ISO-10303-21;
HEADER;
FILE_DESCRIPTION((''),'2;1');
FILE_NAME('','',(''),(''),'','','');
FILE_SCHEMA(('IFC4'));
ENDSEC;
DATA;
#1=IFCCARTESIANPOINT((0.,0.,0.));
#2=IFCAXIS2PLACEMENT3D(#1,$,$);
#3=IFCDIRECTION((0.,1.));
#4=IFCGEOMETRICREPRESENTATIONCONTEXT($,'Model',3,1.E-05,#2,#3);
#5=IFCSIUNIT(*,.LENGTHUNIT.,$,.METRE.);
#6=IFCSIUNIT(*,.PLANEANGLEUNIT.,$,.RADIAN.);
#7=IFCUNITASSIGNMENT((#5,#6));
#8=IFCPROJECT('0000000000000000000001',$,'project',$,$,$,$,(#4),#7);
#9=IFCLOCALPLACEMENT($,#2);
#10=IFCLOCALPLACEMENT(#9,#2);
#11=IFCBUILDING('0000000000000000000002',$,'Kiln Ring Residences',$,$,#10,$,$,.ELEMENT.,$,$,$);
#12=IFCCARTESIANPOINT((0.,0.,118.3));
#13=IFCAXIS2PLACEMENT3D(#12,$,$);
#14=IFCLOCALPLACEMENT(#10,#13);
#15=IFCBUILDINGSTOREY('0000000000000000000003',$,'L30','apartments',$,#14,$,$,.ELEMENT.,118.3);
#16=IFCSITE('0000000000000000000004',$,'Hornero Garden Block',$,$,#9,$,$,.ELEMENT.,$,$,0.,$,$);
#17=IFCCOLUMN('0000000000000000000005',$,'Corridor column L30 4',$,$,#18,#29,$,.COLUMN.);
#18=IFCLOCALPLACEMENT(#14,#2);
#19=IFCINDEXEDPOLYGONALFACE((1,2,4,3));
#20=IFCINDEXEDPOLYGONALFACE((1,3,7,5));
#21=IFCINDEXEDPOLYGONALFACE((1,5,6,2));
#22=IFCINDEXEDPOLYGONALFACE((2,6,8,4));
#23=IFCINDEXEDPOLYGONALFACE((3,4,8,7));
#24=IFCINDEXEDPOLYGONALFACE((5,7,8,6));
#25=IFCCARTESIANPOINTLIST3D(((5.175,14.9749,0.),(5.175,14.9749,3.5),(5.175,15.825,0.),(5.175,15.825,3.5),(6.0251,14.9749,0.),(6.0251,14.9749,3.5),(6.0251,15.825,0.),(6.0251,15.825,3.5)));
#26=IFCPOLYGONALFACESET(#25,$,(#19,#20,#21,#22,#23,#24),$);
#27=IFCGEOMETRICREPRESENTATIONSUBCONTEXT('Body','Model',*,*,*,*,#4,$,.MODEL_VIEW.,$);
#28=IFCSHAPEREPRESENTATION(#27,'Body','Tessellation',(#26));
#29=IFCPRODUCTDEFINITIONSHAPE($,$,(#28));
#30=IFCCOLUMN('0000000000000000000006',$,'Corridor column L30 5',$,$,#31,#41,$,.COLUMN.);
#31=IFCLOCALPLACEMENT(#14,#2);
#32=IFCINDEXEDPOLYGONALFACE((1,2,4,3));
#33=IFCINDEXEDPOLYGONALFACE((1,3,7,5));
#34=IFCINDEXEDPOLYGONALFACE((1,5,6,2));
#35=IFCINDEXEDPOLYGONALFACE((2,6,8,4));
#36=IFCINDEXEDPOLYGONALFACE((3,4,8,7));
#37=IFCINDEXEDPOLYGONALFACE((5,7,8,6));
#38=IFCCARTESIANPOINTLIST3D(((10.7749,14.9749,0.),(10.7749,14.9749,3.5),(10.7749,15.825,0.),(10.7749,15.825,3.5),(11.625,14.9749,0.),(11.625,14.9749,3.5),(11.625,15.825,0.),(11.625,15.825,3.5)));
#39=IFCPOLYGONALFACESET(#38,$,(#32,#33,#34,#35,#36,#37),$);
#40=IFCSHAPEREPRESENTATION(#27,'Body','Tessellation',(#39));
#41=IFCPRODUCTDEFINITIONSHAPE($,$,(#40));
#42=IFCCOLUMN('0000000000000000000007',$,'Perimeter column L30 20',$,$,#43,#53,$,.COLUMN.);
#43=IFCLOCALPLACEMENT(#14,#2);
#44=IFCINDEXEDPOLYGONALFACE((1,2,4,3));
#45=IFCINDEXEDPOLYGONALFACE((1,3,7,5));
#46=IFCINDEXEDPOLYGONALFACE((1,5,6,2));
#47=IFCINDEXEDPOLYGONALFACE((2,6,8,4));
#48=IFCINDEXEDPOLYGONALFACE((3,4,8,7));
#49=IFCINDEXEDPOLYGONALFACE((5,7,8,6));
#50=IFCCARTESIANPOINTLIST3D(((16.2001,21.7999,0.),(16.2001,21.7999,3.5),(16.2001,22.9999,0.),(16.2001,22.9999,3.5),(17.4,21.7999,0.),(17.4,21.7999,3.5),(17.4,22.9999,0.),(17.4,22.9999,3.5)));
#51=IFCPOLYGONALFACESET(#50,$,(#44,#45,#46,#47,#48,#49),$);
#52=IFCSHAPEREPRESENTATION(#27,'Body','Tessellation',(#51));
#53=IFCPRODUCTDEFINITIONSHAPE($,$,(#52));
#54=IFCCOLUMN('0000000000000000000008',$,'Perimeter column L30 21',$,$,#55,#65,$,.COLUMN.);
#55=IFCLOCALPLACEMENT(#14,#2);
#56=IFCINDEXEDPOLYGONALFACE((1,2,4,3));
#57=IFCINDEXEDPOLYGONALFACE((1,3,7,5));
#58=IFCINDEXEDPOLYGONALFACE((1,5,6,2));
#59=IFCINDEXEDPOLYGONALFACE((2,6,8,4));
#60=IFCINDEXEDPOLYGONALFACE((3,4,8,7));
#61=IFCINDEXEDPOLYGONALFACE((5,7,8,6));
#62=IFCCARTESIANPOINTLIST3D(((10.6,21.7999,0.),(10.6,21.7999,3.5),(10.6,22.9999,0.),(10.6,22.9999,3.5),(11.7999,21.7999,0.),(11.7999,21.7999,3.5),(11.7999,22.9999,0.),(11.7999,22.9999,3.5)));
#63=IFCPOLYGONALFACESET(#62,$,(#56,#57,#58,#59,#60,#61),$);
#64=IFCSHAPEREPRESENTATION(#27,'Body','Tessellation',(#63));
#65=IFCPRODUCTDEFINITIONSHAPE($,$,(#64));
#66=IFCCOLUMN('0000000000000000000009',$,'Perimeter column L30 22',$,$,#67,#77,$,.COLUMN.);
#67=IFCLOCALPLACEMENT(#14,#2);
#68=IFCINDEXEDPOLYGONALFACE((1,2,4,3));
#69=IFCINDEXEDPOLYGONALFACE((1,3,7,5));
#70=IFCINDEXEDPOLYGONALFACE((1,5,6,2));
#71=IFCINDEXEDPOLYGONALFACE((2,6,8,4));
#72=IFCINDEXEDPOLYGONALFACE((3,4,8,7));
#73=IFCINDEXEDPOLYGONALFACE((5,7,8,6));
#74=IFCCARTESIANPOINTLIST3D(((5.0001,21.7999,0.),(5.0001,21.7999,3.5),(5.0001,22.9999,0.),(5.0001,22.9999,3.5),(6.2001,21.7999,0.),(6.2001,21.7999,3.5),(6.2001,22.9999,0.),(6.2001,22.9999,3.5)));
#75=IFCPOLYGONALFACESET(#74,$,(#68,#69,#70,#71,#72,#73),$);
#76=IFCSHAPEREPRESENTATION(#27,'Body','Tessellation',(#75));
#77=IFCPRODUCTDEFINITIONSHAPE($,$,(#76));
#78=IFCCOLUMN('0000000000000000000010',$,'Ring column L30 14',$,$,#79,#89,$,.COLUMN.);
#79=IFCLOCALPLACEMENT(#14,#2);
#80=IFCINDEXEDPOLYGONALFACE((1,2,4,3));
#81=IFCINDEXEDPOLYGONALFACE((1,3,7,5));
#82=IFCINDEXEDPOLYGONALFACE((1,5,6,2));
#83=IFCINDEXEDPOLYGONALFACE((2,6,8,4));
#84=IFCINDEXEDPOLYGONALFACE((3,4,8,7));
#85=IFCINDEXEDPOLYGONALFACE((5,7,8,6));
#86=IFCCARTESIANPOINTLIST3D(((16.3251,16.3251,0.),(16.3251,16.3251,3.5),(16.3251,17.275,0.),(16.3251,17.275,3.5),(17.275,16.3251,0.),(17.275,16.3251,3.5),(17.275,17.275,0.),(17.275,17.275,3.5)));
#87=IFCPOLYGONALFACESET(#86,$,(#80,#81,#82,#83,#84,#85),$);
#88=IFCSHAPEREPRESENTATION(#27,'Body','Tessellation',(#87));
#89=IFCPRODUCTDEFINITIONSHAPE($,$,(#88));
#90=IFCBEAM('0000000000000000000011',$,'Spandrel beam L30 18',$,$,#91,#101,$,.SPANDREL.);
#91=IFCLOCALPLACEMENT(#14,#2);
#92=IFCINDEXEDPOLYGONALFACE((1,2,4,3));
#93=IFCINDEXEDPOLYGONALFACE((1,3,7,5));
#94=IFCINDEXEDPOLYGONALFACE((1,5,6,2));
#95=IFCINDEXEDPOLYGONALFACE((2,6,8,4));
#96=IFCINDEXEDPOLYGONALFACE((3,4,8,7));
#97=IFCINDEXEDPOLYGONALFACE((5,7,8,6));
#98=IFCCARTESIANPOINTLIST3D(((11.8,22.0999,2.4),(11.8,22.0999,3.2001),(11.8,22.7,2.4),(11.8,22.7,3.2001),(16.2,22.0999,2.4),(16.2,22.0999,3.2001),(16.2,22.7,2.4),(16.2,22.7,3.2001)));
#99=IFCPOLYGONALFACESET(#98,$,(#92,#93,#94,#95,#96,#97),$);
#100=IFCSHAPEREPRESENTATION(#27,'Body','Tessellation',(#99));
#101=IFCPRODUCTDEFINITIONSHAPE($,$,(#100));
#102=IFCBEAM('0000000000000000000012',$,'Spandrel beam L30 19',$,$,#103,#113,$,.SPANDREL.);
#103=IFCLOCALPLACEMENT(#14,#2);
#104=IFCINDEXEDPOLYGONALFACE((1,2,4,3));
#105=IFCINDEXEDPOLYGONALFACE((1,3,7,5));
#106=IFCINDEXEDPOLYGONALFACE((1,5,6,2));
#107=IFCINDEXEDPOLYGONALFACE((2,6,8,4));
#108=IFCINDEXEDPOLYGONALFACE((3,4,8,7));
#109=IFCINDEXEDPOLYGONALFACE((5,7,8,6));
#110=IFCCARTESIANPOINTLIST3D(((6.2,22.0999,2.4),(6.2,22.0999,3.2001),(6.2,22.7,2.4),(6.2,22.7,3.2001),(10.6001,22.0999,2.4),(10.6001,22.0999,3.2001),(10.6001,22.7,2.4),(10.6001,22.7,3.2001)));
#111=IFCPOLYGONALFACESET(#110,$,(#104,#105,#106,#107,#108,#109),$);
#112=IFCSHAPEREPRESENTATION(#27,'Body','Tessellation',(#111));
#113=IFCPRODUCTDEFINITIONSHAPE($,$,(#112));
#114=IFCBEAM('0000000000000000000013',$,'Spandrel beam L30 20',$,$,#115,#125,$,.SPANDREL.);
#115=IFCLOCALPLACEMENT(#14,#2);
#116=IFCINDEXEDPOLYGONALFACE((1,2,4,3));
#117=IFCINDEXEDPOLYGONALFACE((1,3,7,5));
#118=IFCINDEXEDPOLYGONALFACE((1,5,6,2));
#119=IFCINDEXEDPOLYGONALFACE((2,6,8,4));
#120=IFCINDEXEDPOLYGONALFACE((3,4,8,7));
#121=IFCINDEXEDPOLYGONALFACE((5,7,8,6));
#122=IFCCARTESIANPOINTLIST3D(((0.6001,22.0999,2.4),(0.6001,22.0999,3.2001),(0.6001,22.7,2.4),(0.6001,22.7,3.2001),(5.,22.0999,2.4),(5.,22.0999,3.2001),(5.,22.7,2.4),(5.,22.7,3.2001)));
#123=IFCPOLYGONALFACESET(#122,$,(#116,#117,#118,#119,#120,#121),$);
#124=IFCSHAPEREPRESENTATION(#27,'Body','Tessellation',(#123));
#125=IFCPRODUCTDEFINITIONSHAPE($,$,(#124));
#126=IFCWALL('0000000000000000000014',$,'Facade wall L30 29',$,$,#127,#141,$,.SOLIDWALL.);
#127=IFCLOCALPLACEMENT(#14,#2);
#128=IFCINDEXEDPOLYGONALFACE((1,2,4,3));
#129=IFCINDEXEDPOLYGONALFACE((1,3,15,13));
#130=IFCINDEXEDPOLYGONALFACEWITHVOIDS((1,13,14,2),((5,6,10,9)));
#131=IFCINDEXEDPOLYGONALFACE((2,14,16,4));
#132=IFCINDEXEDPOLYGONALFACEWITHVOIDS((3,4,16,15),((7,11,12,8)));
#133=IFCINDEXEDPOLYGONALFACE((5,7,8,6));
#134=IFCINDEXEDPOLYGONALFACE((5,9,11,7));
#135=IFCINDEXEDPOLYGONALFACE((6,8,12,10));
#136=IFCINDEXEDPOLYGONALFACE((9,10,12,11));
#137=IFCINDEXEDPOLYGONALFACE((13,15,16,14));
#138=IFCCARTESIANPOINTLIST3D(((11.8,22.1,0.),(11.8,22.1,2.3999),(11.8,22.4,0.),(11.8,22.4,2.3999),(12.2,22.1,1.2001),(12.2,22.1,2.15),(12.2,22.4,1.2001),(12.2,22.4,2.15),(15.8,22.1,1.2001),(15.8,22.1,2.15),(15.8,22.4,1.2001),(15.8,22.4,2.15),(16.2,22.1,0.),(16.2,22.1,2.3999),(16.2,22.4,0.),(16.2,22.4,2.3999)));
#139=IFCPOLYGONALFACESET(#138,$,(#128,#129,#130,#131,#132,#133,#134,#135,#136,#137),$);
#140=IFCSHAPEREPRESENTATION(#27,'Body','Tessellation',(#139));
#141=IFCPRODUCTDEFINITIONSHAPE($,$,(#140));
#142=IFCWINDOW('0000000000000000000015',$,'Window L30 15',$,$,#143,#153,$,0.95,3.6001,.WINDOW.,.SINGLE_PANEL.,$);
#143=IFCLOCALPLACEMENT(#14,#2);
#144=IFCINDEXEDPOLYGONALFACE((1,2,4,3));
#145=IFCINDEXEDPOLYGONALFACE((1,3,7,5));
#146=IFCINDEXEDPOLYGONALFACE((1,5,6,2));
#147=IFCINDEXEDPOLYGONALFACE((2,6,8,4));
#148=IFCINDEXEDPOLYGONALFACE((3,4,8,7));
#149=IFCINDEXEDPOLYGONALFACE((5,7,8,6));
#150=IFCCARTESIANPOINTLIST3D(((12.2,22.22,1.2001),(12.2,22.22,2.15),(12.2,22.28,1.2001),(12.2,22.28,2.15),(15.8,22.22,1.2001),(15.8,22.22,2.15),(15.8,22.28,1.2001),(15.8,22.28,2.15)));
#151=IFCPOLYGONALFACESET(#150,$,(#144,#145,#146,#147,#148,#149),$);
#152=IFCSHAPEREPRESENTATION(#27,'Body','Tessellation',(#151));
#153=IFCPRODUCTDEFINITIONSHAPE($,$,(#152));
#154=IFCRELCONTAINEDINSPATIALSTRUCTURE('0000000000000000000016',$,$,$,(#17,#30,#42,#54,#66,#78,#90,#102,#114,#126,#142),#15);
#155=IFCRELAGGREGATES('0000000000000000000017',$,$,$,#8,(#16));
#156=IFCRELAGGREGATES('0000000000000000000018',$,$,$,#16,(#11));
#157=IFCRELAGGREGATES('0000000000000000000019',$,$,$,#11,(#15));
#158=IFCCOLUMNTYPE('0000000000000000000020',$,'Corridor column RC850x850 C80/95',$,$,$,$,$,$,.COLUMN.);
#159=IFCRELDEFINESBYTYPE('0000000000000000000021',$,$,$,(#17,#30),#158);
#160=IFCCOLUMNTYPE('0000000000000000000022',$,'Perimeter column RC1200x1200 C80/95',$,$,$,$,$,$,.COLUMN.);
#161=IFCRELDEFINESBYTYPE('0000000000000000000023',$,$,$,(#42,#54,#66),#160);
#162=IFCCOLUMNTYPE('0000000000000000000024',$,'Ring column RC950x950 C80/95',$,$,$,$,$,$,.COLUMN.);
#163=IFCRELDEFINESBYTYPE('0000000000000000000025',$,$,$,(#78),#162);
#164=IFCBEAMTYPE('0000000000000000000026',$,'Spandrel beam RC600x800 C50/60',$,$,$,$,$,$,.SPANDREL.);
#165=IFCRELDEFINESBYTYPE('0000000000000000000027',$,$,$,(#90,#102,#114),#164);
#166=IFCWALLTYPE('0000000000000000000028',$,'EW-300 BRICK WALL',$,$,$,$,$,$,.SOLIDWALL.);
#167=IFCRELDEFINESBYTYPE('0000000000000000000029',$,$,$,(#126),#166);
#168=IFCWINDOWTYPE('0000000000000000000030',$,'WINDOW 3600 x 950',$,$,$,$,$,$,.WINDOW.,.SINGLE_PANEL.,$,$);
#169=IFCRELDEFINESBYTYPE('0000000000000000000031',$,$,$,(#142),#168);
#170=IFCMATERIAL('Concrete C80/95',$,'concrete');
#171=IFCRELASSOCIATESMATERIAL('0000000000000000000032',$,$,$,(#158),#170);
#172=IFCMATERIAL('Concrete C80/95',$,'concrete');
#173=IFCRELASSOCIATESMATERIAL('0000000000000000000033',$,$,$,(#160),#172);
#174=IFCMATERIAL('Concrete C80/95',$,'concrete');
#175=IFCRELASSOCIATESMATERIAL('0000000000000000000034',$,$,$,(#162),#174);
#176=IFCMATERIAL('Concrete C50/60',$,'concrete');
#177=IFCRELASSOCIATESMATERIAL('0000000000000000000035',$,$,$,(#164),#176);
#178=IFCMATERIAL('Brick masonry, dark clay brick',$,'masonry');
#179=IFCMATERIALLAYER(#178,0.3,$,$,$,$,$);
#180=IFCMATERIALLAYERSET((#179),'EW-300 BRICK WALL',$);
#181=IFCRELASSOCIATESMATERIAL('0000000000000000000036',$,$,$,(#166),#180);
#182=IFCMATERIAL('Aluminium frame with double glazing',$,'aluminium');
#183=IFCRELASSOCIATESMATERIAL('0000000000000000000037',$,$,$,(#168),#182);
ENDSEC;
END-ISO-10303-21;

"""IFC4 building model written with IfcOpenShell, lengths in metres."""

from ifc_helpers import new_model, si_unit, direction, frame, frame_2d, origin, origin_2d, place, context, subcontext, project, spatial, rectangle, extrude, material, layer, layer_set, material_profile, profile_set, type_object, element, fill, save


model = new_model("IFC4")

# Units and contexts
model_context = context("Model", 3, precision=1e-05, world=origin(), true_north=direction((0.0, 1.0)))
body_context = subcontext(model_context, "Body", "Model", "MODEL_VIEW")
ifc_project = project(units=[si_unit("LENGTHUNIT", "METRE"), si_unit("PLANEANGLEUNIT", "RADIAN")], contexts=[model_context])

# Site, building, storey
site_placement = place(None, origin())
site = spatial("IfcSite", under=ifc_project, at=site_placement, Name="Hornero Garden Block", CompositionType="ELEMENT", RefElevation=0.0)
building_placement = place(site_placement, origin())
building = spatial("IfcBuilding", under=site, at=building_placement, Name="Kiln Ring Residences", CompositionType="ELEMENT")
storey_placement = place(building_placement, frame((0.0, 0.0, 118.3)))
storey = spatial("IfcBuildingStorey", under=building, at=storey_placement, Name="L30", Description="apartments", CompositionType="ELEMENT", Elevation=118.3)

# Columns
ifc_material_1 = material(Name="Concrete C80/95", Category="concrete")
ifc_material_profile_1 = material_profile(ifc_material_1, rectangle(XDim=0.8501, YDim=0.8501, at=origin_2d()), Name="RC850x850")
ifc_profile_set_1 = profile_set([ifc_material_profile_1], Name="Concrete C80/95")
column_type_1 = type_object("IfcColumnType", Name="Corridor column RC850x850 C80/95", PredefinedType="COLUMN", material=ifc_profile_set_1)
for number, where, z_axis, x_axis, name in (
    (1, (5.6001, 15.3999, 0.0), (0.0, 0.0, 1.0), (1.0, 0.0, 0.0), "Corridor column L30 4"),
    (2, (11.2, 15.3999, 0.0), (0.0, 0.0, 1.0), (1.0, 0.0, 0.0), "Corridor column L30 5"),
):
    element("IfcColumn", number, at=place(storey_placement, frame(where, z_axis=z_axis, x_axis=x_axis)), inside=storey, type_object=column_type_1, Name=name, PredefinedType="COLUMN", context=body_context, shape_type="SweptSolid", body=[
        extrude(rectangle(XDim=0.8501, YDim=0.8501, at=origin_2d()), origin(), (0.0, 0.0, 1.0), 3.5),
    ])
ifc_material_2 = material(Name="Concrete C80/95", Category="concrete")
ifc_material_profile_2 = material_profile(ifc_material_2, rectangle(XDim=1.2, YDim=1.2, at=origin_2d()), Name="RC1200x1200")
ifc_profile_set_2 = profile_set([ifc_material_profile_2], Name="Concrete C80/95")
column_type_2 = type_object("IfcColumnType", Name="Perimeter column RC1200x1200 C80/95", PredefinedType="COLUMN", material=ifc_profile_set_2)
for number, where, z_axis, x_axis, name in (
    (3, (16.8, 22.3999, 0.0), (0.0, 0.0, 1.0), (1.0, 0.0, 0.0), "Perimeter column L30 20"),
    (4, (11.2, 22.3999, 0.0), (0.0, 0.0, 1.0), (1.0, 0.0, 0.0), "Perimeter column L30 21"),
    (5, (5.6001, 22.3999, 0.0), (0.0, 0.0, 1.0), (1.0, 0.0, 0.0), "Perimeter column L30 22"),
):
    element("IfcColumn", number, at=place(storey_placement, frame(where, z_axis=z_axis, x_axis=x_axis)), inside=storey, type_object=column_type_2, Name=name, PredefinedType="COLUMN", context=body_context, shape_type="SweptSolid", body=[
        extrude(rectangle(XDim=1.2, YDim=1.2, at=origin_2d()), origin(), (0.0, 0.0, 1.0), 3.5),
    ])
ifc_material_3 = material(Name="Concrete C80/95", Category="concrete")
ifc_material_profile_3 = material_profile(ifc_material_3, rectangle(XDim=0.95, YDim=0.95, at=origin_2d()), Name="RC950x950")
ifc_profile_set_3 = profile_set([ifc_material_profile_3], Name="Concrete C80/95")
column_type_3 = type_object("IfcColumnType", Name="Ring column RC950x950 C80/95", PredefinedType="COLUMN", material=ifc_profile_set_3)
column_placement = place(storey_placement, frame((16.8, 16.8, 0.0), z_axis=(0.0, 0.0, 1.0), x_axis=(1.0, 0.0, 0.0)))
element("IfcColumn", 6, at=column_placement, inside=storey, type_object=column_type_3, Name="Ring column L30 14", PredefinedType="COLUMN", context=body_context, shape_type="SweptSolid", body=[
    extrude(rectangle(XDim=0.95, YDim=0.95, at=origin_2d()), origin(), (0.0, 0.0, 1.0), 3.5),
])

# Beams
ifc_material_4 = material(Name="Concrete C50/60", Category="concrete")
ifc_material_profile_4 = material_profile(ifc_material_4, rectangle(XDim=0.6001, YDim=0.8, at=origin_2d()), Name="RC600x800")
ifc_profile_set_4 = profile_set([ifc_material_profile_4], Name="Concrete C50/60")
beam_type = type_object("IfcBeamType", Name="Spandrel beam RC600x800 C50/60", PredefinedType="SPANDREL", material=ifc_profile_set_4)
beam_1_placement = place(storey_placement, frame((16.2, 22.3999, 2.8), z_axis=(-1.0, 0.0, 0.0), x_axis=(0.0, -1.0, 0.0)))
element("IfcBeam", 7, at=beam_1_placement, inside=storey, type_object=beam_type, Name="Spandrel beam L30 18", PredefinedType="SPANDREL", context=body_context, shape_type="SweptSolid", body=[
    extrude(rectangle(XDim=0.6001, YDim=0.8, at=origin_2d()), origin(), (0.0, 0.0, 1.0), 4.3999),
])
beam_2_placement = place(storey_placement, frame((10.6001, 22.3999, 2.8), z_axis=(-1.0, 0.0, 0.0), x_axis=(0.0, -1.0, 0.0)))
element("IfcBeam", 8, at=beam_2_placement, inside=storey, type_object=beam_type, Name="Spandrel beam L30 19", PredefinedType="SPANDREL", context=body_context, shape_type="SweptSolid", body=[
    extrude(rectangle(XDim=0.6001, YDim=0.8, at=origin_2d()), origin(), (0.0, 0.0, 1.0), 4.4001),
])
beam_3_placement = place(storey_placement, frame((5.0, 22.3999, 2.8), z_axis=(-1.0, 0.0, 0.0), x_axis=(0.0, -1.0, 0.0)))
element("IfcBeam", 9, at=beam_3_placement, inside=storey, type_object=beam_type, Name="Spandrel beam L30 20", PredefinedType="SPANDREL", context=body_context, shape_type="SweptSolid", body=[
    extrude(rectangle(XDim=0.6001, YDim=0.8, at=origin_2d()), origin(), (0.0, 0.0, 1.0), 4.3999),
])

# Wall, opening, window
ifc_material_5 = material(Name="Brick masonry, dark clay brick", Category="masonry")
ifc_layer_1 = layer(ifc_material_5, 0.3)
ifc_layer_set_1 = layer_set([ifc_layer_1], Name="EW-300 BRICK WALL")
wall_type_1 = type_object("IfcWallType", Name="EW-300 BRICK WALL", PredefinedType="SOLIDWALL", material=ifc_layer_set_1)
wall_1_placement = place(storey_placement, frame((16.2, 22.25, 0.0), z_axis=(0.0, 0.0, 1.0), x_axis=(-1.0, 0.0, 0.0)))
wall_1 = element("IfcWall", 10, at=wall_1_placement, inside=storey, type_object=wall_type_1, Name="Facade wall L30 29", PredefinedType="SOLIDWALL", context=body_context, shape_type="SweptSolid", body=[
    extrude(rectangle(XDim=4.3999, YDim=0.3, at=frame_2d((2.2, 0.0))), origin(), (0.0, 0.0, 1.0), 2.3999),
])
opening_1_placement = place(wall_1_placement, frame((0.3999, 0.0, 1.2)))
opening_1 = element("IfcOpeningElement", 11, at=opening_1_placement, cuts=wall_1, PredefinedType="OPENING", context=body_context, shape_type="SweptSolid", body=[
    extrude(rectangle(XDim=3.6001, YDim=0.95, at=frame_2d((1.8, 0.4751))), frame((0.0, 0.1599, 0.0), z_axis=(0.0, -1.0, 0.0), x_axis=(1.0, 0.0, 0.0)), (0.0, 0.0, 1.0), 0.3201),
])
ifc_material_6 = material(Name="Aluminium frame with double glazing", Category="aluminium")
window_type_1 = type_object("IfcWindowType", Name="WINDOW 3600 x 950", PartitioningType="SINGLE_PANEL", PredefinedType="WINDOW", material=ifc_material_6)
window_1_placement = place(opening_1_placement, origin())
window_1 = element("IfcWindow", 12, at=window_1_placement, inside=storey, type_object=window_type_1, Name="Window L30 15", OverallHeight=0.95, OverallWidth=3.6001, PartitioningType="SINGLE_PANEL", PredefinedType="WINDOW", context=body_context, shape_type="SweptSolid", body=[
    extrude(rectangle(XDim=3.6001, YDim=0.95, at=frame_2d((1.8, 0.4751))), frame((0.0, 0.03, 0.0), z_axis=(0.0, -1.0, 0.0), x_axis=(1.0, 0.0, 0.0)), (0.0, 0.0, 1.0), 0.0601),
])
fill(opening_1, window_1)

save(model, "model.ifc")
